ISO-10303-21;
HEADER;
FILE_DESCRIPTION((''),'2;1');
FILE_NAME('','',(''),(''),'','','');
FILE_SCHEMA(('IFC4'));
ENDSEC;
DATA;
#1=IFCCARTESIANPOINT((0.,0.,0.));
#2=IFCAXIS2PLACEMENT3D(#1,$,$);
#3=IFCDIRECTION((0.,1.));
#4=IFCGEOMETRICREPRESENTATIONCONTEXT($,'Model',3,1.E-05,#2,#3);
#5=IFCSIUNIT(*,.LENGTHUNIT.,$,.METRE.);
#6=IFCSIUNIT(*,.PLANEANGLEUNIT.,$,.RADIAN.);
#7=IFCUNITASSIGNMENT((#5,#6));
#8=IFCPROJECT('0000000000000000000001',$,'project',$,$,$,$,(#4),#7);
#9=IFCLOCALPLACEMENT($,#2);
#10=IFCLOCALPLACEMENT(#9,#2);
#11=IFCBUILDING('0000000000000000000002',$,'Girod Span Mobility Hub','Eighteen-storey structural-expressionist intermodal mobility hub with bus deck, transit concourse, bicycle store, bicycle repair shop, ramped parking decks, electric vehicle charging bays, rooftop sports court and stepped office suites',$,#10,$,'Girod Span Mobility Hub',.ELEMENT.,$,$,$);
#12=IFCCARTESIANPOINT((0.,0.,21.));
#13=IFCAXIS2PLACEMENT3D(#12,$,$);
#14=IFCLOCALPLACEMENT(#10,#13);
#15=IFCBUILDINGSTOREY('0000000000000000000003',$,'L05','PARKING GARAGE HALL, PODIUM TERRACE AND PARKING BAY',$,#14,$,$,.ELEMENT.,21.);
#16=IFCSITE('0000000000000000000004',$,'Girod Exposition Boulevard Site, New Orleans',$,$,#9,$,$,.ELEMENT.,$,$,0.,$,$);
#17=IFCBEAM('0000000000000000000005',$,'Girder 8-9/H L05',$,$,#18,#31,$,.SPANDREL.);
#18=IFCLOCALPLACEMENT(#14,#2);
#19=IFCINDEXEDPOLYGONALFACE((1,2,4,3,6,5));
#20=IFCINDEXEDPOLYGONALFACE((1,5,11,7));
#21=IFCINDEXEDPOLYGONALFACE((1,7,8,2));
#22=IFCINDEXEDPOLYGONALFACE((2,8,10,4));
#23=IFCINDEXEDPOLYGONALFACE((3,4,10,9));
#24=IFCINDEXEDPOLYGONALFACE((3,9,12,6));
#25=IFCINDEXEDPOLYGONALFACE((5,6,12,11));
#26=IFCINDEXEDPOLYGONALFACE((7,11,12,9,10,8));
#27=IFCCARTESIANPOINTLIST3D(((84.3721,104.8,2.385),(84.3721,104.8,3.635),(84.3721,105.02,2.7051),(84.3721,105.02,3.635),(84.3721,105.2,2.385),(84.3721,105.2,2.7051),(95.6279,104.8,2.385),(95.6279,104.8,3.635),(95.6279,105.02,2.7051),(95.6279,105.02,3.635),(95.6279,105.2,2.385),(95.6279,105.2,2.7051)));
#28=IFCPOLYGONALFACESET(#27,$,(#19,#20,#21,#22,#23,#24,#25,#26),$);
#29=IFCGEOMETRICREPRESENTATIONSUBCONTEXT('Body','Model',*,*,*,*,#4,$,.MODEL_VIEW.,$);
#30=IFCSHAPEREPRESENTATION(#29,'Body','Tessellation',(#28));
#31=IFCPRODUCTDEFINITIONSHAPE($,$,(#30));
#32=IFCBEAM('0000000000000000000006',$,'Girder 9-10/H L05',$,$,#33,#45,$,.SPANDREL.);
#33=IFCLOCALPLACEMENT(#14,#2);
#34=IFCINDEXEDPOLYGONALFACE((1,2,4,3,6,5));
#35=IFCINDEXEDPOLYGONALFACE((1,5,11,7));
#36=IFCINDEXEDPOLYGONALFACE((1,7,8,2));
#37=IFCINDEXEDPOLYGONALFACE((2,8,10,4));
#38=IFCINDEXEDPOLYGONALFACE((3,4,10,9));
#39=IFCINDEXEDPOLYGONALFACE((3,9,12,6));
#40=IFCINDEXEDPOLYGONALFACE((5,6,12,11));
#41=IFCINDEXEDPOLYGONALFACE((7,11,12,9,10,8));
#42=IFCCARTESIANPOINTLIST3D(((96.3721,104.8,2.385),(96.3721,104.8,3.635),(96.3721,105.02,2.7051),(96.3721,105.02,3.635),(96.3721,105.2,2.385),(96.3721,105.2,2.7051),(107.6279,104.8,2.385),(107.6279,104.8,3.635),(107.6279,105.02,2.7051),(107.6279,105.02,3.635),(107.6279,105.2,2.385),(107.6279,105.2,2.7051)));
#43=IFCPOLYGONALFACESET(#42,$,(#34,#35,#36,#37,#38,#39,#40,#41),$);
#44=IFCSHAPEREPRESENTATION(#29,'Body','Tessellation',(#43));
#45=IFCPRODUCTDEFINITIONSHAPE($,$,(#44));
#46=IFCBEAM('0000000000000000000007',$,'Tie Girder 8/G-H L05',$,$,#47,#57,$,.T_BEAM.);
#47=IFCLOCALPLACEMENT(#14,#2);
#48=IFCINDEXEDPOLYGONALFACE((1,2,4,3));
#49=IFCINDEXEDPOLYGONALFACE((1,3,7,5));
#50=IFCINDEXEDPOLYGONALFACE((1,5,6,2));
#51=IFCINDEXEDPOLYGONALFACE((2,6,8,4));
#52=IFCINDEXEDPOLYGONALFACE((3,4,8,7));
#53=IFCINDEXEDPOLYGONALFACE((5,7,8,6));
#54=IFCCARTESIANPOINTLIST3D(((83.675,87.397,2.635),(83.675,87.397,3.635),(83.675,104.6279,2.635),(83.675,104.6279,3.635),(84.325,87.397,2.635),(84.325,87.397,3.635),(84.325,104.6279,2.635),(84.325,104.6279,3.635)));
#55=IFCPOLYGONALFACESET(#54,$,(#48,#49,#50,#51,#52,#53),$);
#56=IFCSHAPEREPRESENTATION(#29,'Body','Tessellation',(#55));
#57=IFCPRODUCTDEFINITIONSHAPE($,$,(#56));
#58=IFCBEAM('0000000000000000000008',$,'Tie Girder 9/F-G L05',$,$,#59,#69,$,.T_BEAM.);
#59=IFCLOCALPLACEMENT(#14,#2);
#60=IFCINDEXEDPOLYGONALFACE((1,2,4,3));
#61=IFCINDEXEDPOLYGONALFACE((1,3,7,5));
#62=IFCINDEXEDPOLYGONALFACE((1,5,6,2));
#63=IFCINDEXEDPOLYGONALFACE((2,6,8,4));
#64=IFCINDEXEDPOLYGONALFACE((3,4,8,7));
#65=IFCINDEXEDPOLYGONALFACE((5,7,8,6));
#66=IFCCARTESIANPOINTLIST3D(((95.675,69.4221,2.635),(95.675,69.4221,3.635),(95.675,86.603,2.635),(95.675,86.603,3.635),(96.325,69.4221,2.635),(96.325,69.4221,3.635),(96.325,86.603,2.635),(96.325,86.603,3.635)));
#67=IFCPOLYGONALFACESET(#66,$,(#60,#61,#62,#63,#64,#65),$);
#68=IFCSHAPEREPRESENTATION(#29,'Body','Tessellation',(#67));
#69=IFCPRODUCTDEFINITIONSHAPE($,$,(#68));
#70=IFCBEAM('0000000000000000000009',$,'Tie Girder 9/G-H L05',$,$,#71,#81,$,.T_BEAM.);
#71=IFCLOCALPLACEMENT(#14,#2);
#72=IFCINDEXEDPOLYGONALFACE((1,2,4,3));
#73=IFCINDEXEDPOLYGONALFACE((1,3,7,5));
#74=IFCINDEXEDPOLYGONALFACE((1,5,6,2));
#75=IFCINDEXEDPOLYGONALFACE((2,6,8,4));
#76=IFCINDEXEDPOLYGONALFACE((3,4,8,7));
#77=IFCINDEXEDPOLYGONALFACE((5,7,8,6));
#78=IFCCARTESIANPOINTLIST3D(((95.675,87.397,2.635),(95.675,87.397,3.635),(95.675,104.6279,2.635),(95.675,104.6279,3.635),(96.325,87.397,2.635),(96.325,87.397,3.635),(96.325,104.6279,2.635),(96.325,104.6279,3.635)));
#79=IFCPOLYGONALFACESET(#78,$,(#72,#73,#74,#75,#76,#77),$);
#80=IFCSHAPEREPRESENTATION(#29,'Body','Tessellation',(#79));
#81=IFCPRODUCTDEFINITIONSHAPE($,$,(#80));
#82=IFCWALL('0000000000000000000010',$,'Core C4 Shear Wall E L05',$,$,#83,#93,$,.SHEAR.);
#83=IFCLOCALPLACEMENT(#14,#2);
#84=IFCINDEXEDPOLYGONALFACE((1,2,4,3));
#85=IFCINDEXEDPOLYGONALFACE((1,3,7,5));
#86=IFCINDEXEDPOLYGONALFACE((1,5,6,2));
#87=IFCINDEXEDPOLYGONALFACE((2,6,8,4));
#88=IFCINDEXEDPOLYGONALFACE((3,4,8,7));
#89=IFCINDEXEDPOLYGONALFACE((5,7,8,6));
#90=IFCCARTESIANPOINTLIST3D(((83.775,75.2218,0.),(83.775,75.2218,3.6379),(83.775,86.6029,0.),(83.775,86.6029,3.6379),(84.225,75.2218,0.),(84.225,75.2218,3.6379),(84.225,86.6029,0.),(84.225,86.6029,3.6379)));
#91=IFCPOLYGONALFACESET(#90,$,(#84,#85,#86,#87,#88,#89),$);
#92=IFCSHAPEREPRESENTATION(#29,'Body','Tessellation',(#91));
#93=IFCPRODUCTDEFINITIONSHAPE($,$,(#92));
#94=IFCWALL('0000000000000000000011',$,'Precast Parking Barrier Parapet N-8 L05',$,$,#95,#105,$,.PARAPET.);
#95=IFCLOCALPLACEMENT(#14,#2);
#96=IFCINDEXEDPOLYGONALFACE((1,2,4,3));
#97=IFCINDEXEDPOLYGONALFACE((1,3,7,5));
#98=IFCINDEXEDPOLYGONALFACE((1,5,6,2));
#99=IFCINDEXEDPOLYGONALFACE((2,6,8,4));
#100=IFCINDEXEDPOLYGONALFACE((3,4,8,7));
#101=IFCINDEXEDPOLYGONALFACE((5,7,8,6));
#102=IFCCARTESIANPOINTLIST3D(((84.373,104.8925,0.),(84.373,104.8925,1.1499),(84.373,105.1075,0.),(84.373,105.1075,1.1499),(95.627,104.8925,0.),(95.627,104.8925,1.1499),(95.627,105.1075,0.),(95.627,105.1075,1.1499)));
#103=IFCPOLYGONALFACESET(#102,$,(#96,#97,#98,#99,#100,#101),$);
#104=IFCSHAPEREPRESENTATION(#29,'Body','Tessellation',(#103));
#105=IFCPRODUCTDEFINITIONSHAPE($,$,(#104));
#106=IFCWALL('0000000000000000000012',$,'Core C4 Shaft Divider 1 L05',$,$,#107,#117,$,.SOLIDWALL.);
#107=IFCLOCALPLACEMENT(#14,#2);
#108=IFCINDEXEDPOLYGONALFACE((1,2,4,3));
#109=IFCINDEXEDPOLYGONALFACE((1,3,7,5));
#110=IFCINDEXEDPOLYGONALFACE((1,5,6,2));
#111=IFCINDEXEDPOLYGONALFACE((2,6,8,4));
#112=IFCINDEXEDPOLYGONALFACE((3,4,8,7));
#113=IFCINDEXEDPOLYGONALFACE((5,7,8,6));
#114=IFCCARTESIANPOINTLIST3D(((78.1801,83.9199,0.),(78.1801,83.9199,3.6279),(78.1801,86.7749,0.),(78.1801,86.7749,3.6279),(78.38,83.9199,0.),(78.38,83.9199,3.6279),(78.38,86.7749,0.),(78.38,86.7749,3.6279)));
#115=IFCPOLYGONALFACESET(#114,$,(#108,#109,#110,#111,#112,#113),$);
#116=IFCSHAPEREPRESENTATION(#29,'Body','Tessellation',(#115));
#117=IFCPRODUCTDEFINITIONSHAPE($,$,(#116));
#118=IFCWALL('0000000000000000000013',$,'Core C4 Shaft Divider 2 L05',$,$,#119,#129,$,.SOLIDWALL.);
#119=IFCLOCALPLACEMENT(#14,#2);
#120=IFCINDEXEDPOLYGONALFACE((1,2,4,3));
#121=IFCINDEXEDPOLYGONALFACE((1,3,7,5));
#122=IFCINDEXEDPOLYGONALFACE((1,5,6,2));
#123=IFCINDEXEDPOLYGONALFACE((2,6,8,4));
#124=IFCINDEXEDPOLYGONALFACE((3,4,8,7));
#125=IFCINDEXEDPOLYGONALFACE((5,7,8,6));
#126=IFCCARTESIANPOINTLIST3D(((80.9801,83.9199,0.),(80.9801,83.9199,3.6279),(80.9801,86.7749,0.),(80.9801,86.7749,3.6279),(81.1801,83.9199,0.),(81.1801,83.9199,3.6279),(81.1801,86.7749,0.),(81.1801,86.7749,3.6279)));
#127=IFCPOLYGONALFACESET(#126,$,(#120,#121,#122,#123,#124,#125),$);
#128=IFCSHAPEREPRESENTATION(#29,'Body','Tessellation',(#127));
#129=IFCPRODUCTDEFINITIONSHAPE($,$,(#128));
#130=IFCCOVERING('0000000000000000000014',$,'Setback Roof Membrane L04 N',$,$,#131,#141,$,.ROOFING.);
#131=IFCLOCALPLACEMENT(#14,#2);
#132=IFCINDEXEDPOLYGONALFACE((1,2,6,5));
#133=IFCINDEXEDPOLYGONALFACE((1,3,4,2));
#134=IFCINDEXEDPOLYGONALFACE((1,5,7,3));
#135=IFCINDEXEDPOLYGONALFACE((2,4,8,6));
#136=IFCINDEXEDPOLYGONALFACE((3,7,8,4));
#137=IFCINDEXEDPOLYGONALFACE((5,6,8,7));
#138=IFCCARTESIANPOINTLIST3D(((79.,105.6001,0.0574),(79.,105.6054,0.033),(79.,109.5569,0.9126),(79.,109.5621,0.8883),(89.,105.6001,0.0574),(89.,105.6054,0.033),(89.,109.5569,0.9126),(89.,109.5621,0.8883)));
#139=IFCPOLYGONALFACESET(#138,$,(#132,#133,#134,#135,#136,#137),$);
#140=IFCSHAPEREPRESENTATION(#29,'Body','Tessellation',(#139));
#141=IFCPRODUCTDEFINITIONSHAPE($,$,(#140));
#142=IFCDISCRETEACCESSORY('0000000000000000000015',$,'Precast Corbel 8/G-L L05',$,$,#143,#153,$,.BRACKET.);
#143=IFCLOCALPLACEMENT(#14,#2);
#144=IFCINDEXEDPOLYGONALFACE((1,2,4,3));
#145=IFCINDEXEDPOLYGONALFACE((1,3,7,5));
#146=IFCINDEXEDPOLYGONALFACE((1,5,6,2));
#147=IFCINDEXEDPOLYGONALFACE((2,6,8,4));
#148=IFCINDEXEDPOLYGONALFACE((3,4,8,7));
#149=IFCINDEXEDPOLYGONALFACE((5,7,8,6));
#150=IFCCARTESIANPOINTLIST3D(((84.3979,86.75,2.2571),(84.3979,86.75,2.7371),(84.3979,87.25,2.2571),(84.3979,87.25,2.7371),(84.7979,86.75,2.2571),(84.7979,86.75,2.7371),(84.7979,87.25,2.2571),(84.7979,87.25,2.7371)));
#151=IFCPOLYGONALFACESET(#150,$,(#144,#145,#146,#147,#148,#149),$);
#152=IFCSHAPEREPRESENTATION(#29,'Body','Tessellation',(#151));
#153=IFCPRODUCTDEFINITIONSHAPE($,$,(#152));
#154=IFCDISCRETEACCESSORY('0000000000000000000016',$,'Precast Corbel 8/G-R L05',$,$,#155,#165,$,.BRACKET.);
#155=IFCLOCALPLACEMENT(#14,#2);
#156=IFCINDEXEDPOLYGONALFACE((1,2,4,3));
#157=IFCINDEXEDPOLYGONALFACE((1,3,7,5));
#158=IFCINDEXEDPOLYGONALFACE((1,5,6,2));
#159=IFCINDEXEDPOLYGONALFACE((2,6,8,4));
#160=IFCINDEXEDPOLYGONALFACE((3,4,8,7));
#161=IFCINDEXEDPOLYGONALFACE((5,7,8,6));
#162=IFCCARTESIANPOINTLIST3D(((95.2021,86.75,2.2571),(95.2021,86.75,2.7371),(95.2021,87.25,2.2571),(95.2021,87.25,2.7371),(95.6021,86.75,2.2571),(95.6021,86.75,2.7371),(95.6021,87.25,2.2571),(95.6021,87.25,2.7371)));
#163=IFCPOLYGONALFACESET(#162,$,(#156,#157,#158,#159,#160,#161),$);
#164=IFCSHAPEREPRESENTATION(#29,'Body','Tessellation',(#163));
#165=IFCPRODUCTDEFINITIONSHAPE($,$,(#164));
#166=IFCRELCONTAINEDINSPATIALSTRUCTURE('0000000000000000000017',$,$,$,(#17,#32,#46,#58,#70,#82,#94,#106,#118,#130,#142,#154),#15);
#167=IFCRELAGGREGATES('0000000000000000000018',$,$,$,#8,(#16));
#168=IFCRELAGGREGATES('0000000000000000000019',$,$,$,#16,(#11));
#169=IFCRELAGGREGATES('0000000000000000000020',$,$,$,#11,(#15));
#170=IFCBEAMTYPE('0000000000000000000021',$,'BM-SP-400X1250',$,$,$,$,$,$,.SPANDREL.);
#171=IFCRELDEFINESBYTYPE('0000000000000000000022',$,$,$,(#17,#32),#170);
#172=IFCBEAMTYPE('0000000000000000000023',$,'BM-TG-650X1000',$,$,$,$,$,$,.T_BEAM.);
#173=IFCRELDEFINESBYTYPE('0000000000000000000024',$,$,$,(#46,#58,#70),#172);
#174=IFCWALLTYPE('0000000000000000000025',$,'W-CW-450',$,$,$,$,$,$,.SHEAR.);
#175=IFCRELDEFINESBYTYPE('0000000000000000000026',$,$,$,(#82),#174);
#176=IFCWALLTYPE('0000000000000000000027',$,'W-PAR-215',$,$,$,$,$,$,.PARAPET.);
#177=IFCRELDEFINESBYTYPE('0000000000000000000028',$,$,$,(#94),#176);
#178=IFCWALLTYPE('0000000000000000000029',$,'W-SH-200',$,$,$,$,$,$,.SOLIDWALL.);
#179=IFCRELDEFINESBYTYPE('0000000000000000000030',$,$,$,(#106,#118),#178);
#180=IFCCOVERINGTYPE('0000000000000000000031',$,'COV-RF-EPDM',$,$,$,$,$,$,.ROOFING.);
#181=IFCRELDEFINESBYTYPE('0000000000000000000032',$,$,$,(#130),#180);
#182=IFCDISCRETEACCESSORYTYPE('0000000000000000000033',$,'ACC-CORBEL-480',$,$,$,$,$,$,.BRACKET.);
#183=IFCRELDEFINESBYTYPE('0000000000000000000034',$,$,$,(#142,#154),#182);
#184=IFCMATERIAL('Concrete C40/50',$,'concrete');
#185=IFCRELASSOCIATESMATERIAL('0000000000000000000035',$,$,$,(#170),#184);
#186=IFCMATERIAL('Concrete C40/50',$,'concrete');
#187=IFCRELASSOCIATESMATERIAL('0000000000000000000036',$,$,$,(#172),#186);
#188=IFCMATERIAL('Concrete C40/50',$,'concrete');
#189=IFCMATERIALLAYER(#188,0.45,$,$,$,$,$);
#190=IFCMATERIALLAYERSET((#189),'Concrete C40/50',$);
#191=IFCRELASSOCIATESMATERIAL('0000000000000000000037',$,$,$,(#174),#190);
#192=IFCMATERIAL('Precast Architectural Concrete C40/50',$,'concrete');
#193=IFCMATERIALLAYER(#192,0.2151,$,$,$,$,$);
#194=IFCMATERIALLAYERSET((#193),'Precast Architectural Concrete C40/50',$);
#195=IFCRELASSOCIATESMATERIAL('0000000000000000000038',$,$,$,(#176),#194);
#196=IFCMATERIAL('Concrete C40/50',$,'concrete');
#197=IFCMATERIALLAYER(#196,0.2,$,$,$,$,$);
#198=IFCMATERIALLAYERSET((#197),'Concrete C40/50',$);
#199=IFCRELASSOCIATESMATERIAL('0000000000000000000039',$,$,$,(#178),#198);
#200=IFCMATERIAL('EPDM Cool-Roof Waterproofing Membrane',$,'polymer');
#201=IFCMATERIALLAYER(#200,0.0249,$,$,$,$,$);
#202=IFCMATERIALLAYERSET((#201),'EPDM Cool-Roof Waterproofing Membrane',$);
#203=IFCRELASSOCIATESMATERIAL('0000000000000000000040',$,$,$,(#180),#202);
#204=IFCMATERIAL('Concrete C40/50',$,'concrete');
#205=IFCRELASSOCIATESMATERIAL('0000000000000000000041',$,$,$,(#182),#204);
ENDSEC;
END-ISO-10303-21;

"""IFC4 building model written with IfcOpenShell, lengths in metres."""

from ifc_helpers import new_model, si_unit, direction, frame, frame_2d, origin, origin_2d, place, context, subcontext, project, spatial, polyline, rectangle, outline, extrude, material, layer, layer_set, material_profile, profile_set, type_object, element, save


model = new_model("IFC4")

# Units and contexts
model_context = context("Model", 3, precision=1e-05, world=origin(), true_north=direction((0.0, 1.0)))
body_context = subcontext(model_context, "Body", "Model", "MODEL_VIEW")
ifc_project = project(units=[si_unit("LENGTHUNIT", "METRE"), si_unit("PLANEANGLEUNIT", "RADIAN")], contexts=[model_context])

# Site, building, storey
site_placement = place(None, origin())
site = spatial("IfcSite", under=ifc_project, at=site_placement, Name="Girod Exposition Boulevard Site, New Orleans", CompositionType="ELEMENT", RefElevation=0.0)
building_placement = place(site_placement, origin())
building = spatial("IfcBuilding", under=site, at=building_placement, Name="Girod Span Mobility Hub", Description="Eighteen-storey structural-expressionist intermodal mobility hub with bus deck, transit concourse, bicycle store, bicycle repair shop, ramped parking decks, electric vehicle charging bays, rooftop sports court and stepped office suites", LongName="Girod Span Mobility Hub", CompositionType="ELEMENT")
storey_placement = place(building_placement, frame((0.0, 0.0, 21.0)))
storey = spatial("IfcBuildingStorey", under=building, at=storey_placement, Name="L05", Description="PARKING GARAGE HALL, PODIUM TERRACE AND PARKING BAY", CompositionType="ELEMENT", Elevation=21.0)

# Beams
ifc_material_1 = material(Name="Concrete C40/50", Category="concrete")
ifc_material_profile_1 = material_profile(ifc_material_1, outline(polyline([(-0.2, -0.625), (0.2, -0.625), (0.2, -0.3049), (0.02, -0.3049), (0.02, 0.625), (-0.2, 0.625), (-0.2, -0.625)])), Name="SP-400X1250")
ifc_profile_set_1 = profile_set([ifc_material_profile_1], Name="Concrete C40/50")
beam_type_1 = type_object("IfcBeamType", Name="BM-SP-400X1250", PredefinedType="SPANDREL", material=ifc_profile_set_1)
for number, where, z_axis, x_axis, name in (
    (1, (84.3721, 105.0, 3.01), (1.0, 0.0, 0.0), (0.0, 1.0, 0.0), "Girder 8-9/H L05"),
    (2, (96.3721, 105.0, 3.01), (1.0, 0.0, 0.0), (0.0, 1.0, 0.0), "Girder 9-10/H L05"),
):
    element("IfcBeam", number, at=place(storey_placement, frame(where, z_axis=z_axis, x_axis=x_axis)), inside=storey, type_object=beam_type_1, Name=name, PredefinedType="SPANDREL", context=body_context, shape_type="SweptSolid", body=[
        extrude(outline(polyline([(-0.2, -0.625), (0.2, -0.625), (0.2, -0.3049), (0.02, -0.3049), (0.02, 0.625), (-0.2, 0.625), (-0.2, -0.625)])), origin(), (0.0, 0.0, 1.0), 11.2559),
    ])
ifc_material_2 = material(Name="Concrete C40/50", Category="concrete")
ifc_material_profile_2 = material_profile(ifc_material_2, rectangle(XDim=0.6499, YDim=1.0, at=origin_2d()), Name="TG-650X1000")
ifc_profile_set_2 = profile_set([ifc_material_profile_2], Name="Concrete C40/50")
beam_type_2 = type_object("IfcBeamType", Name="BM-TG-650X1000", PredefinedType="T_BEAM", material=ifc_profile_set_2)
beam_1_placement = place(storey_placement, frame((84.0, 87.397, 3.135), z_axis=(0.0, 1.0, 0.0), x_axis=(-1.0, 0.0, 0.0)))
element("IfcBeam", 3, at=beam_1_placement, inside=storey, type_object=beam_type_2, Name="Tie Girder 8/G-H L05", PredefinedType="T_BEAM", context=body_context, shape_type="SweptSolid", body=[
    extrude(rectangle(XDim=0.6499, YDim=1.0, at=origin_2d()), origin(), (0.0, 0.0, 1.0), 17.231),
])
beam_2_placement = place(storey_placement, frame((96.0, 69.4221, 3.135), z_axis=(0.0, 1.0, 0.0), x_axis=(-1.0, 0.0, 0.0)))
element("IfcBeam", 4, at=beam_2_placement, inside=storey, type_object=beam_type_2, Name="Tie Girder 9/F-G L05", PredefinedType="T_BEAM", context=body_context, shape_type="SweptSolid", body=[
    extrude(rectangle(XDim=0.6499, YDim=1.0, at=origin_2d()), origin(), (0.0, 0.0, 1.0), 17.1809),
])
beam_3_placement = place(storey_placement, frame((96.0, 87.397, 3.135), z_axis=(0.0, 1.0, 0.0), x_axis=(-1.0, 0.0, 0.0)))
element("IfcBeam", 5, at=beam_3_placement, inside=storey, type_object=beam_type_2, Name="Tie Girder 9/G-H L05", PredefinedType="T_BEAM", context=body_context, shape_type="SweptSolid", body=[
    extrude(rectangle(XDim=0.6499, YDim=1.0, at=origin_2d()), origin(), (0.0, 0.0, 1.0), 17.231),
])

# Walls
ifc_material_3 = material(Name="Concrete C40/50", Category="concrete")
ifc_layer_1 = layer(ifc_material_3, 0.45)
ifc_layer_set_1 = layer_set([ifc_layer_1], Name="Concrete C40/50")
wall_type_1 = type_object("IfcWallType", Name="W-CW-450", PredefinedType="SHEAR", material=ifc_layer_set_1)
wall_1_placement = place(storey_placement, frame((84.0, 75.2219, 0.0), z_axis=(0.0, 0.0, 1.0), x_axis=(0.0, 1.0, 0.0)))
element("IfcWall", 6, at=wall_1_placement, inside=storey, type_object=wall_type_1, Name="Core C4 Shear Wall E L05", PredefinedType="SHEAR", context=body_context, shape_type="SweptSolid", body=[
    extrude(rectangle(XDim=11.3811, YDim=0.45, at=frame_2d((5.6904, 0.0))), origin(), (0.0, 0.0, 1.0), 3.6379),
])
ifc_material_4 = material(Name="Precast Architectural Concrete C40/50", Category="concrete")
ifc_layer_2 = layer(ifc_material_4, 0.2151)
ifc_layer_set_2 = layer_set([ifc_layer_2], Name="Precast Architectural Concrete C40/50")
wall_type_2 = type_object("IfcWallType", Name="W-PAR-215", PredefinedType="PARAPET", material=ifc_layer_set_2)
wall_2_placement = place(storey_placement, frame((84.373, 105.0, 0.0), z_axis=(0.0, 0.0, 1.0), x_axis=(1.0, 0.0, 0.0)))
element("IfcWall", 7, at=wall_2_placement, inside=storey, type_object=wall_type_2, Name="Precast Parking Barrier Parapet N-8 L05", PredefinedType="PARAPET", context=body_context, shape_type="SweptSolid", body=[
    extrude(rectangle(XDim=11.2539, YDim=0.2151, at=frame_2d((5.627, 0.0))), origin(), (0.0, 0.0, 1.0), 1.1499),
])
ifc_material_5 = material(Name="Concrete C40/50", Category="concrete")
ifc_layer_3 = layer(ifc_material_5, 0.2)
ifc_layer_set_3 = layer_set([ifc_layer_3], Name="Concrete C40/50")
wall_type_3 = type_object("IfcWallType", Name="W-SH-200", PredefinedType="SOLIDWALL", material=ifc_layer_set_3)
for number, where, z_axis, x_axis, name in (
    (8, (78.28, 83.9199, 0.0), (0.0, 0.0, 1.0), (0.0, 1.0, 0.0), "Core C4 Shaft Divider 1 L05"),
    (9, (81.0801, 83.9199, 0.0), (0.0, 0.0, 1.0), (0.0, 1.0, 0.0), "Core C4 Shaft Divider 2 L05"),
):
    element("IfcWall", number, at=place(storey_placement, frame(where, z_axis=z_axis, x_axis=x_axis)), inside=storey, type_object=wall_type_3, Name=name, PredefinedType="SOLIDWALL", context=body_context, shape_type="SweptSolid", body=[
        extrude(rectangle(XDim=2.855, YDim=0.2, at=frame_2d((1.4275, 0.0))), origin(), (0.0, 0.0, 1.0), 3.6279),
    ])

# Covering
ifc_material_6 = material(Name="EPDM Cool-Roof Waterproofing Membrane", Category="polymer")
ifc_layer_4 = layer(ifc_material_6, 0.0249)
ifc_layer_set_4 = layer_set([ifc_layer_4], Name="EPDM Cool-Roof Waterproofing Membrane")
covering_type = type_object("IfcCoveringType", Name="COV-RF-EPDM", PredefinedType="ROOFING", material=ifc_layer_set_4)
covering_placement = place(storey_placement, frame((79.0, 105.6001, 0.0574), z_axis=(0.0, -0.211263, 0.977429), x_axis=(1.0, 0.0, 0.0)))
element("IfcCovering", 10, at=covering_placement, inside=storey, type_object=covering_type, Name="Setback Roof Membrane L04 N", PredefinedType="ROOFING", context=body_context, shape_type="SweptSolid", body=[
    extrude(outline(polyline([(0.0, 0.0), (10.0, 0.0), (10.0, 4.0482), (0.0, 4.0482), (0.0, 0.0)])), origin(), (0.0, 0.0, -1.0), 0.0249),
])

# Discrete accessories
ifc_material_7 = material(Name="Concrete C40/50", Category="concrete")
discrete_accessory_type = type_object("IfcDiscreteAccessoryType", Name="ACC-CORBEL-480", PredefinedType="BRACKET", material=ifc_material_7)
for number, where, z_axis, x_axis, name in (
    (11, (84.5979, 87.0, 2.2571), (0.0, 0.0, 1.0), (1.0, 0.0, 0.0), "Precast Corbel 8/G-L L05"),
    (12, (95.4021, 87.0, 2.2571), (0.0, 0.0, 1.0), (1.0, 0.0, 0.0), "Precast Corbel 8/G-R L05"),
):
    element("IfcDiscreteAccessory", number, at=place(storey_placement, frame(where, z_axis=z_axis, x_axis=x_axis)), inside=storey, type_object=discrete_accessory_type, Name=name, PredefinedType="BRACKET", context=body_context, shape_type="SweptSolid", body=[
        extrude(rectangle(XDim=0.3999, YDim=0.5, at=origin_2d()), origin(), (0.0, 0.0, 1.0), 0.48),
    ])

save(model, "model.ifc")
